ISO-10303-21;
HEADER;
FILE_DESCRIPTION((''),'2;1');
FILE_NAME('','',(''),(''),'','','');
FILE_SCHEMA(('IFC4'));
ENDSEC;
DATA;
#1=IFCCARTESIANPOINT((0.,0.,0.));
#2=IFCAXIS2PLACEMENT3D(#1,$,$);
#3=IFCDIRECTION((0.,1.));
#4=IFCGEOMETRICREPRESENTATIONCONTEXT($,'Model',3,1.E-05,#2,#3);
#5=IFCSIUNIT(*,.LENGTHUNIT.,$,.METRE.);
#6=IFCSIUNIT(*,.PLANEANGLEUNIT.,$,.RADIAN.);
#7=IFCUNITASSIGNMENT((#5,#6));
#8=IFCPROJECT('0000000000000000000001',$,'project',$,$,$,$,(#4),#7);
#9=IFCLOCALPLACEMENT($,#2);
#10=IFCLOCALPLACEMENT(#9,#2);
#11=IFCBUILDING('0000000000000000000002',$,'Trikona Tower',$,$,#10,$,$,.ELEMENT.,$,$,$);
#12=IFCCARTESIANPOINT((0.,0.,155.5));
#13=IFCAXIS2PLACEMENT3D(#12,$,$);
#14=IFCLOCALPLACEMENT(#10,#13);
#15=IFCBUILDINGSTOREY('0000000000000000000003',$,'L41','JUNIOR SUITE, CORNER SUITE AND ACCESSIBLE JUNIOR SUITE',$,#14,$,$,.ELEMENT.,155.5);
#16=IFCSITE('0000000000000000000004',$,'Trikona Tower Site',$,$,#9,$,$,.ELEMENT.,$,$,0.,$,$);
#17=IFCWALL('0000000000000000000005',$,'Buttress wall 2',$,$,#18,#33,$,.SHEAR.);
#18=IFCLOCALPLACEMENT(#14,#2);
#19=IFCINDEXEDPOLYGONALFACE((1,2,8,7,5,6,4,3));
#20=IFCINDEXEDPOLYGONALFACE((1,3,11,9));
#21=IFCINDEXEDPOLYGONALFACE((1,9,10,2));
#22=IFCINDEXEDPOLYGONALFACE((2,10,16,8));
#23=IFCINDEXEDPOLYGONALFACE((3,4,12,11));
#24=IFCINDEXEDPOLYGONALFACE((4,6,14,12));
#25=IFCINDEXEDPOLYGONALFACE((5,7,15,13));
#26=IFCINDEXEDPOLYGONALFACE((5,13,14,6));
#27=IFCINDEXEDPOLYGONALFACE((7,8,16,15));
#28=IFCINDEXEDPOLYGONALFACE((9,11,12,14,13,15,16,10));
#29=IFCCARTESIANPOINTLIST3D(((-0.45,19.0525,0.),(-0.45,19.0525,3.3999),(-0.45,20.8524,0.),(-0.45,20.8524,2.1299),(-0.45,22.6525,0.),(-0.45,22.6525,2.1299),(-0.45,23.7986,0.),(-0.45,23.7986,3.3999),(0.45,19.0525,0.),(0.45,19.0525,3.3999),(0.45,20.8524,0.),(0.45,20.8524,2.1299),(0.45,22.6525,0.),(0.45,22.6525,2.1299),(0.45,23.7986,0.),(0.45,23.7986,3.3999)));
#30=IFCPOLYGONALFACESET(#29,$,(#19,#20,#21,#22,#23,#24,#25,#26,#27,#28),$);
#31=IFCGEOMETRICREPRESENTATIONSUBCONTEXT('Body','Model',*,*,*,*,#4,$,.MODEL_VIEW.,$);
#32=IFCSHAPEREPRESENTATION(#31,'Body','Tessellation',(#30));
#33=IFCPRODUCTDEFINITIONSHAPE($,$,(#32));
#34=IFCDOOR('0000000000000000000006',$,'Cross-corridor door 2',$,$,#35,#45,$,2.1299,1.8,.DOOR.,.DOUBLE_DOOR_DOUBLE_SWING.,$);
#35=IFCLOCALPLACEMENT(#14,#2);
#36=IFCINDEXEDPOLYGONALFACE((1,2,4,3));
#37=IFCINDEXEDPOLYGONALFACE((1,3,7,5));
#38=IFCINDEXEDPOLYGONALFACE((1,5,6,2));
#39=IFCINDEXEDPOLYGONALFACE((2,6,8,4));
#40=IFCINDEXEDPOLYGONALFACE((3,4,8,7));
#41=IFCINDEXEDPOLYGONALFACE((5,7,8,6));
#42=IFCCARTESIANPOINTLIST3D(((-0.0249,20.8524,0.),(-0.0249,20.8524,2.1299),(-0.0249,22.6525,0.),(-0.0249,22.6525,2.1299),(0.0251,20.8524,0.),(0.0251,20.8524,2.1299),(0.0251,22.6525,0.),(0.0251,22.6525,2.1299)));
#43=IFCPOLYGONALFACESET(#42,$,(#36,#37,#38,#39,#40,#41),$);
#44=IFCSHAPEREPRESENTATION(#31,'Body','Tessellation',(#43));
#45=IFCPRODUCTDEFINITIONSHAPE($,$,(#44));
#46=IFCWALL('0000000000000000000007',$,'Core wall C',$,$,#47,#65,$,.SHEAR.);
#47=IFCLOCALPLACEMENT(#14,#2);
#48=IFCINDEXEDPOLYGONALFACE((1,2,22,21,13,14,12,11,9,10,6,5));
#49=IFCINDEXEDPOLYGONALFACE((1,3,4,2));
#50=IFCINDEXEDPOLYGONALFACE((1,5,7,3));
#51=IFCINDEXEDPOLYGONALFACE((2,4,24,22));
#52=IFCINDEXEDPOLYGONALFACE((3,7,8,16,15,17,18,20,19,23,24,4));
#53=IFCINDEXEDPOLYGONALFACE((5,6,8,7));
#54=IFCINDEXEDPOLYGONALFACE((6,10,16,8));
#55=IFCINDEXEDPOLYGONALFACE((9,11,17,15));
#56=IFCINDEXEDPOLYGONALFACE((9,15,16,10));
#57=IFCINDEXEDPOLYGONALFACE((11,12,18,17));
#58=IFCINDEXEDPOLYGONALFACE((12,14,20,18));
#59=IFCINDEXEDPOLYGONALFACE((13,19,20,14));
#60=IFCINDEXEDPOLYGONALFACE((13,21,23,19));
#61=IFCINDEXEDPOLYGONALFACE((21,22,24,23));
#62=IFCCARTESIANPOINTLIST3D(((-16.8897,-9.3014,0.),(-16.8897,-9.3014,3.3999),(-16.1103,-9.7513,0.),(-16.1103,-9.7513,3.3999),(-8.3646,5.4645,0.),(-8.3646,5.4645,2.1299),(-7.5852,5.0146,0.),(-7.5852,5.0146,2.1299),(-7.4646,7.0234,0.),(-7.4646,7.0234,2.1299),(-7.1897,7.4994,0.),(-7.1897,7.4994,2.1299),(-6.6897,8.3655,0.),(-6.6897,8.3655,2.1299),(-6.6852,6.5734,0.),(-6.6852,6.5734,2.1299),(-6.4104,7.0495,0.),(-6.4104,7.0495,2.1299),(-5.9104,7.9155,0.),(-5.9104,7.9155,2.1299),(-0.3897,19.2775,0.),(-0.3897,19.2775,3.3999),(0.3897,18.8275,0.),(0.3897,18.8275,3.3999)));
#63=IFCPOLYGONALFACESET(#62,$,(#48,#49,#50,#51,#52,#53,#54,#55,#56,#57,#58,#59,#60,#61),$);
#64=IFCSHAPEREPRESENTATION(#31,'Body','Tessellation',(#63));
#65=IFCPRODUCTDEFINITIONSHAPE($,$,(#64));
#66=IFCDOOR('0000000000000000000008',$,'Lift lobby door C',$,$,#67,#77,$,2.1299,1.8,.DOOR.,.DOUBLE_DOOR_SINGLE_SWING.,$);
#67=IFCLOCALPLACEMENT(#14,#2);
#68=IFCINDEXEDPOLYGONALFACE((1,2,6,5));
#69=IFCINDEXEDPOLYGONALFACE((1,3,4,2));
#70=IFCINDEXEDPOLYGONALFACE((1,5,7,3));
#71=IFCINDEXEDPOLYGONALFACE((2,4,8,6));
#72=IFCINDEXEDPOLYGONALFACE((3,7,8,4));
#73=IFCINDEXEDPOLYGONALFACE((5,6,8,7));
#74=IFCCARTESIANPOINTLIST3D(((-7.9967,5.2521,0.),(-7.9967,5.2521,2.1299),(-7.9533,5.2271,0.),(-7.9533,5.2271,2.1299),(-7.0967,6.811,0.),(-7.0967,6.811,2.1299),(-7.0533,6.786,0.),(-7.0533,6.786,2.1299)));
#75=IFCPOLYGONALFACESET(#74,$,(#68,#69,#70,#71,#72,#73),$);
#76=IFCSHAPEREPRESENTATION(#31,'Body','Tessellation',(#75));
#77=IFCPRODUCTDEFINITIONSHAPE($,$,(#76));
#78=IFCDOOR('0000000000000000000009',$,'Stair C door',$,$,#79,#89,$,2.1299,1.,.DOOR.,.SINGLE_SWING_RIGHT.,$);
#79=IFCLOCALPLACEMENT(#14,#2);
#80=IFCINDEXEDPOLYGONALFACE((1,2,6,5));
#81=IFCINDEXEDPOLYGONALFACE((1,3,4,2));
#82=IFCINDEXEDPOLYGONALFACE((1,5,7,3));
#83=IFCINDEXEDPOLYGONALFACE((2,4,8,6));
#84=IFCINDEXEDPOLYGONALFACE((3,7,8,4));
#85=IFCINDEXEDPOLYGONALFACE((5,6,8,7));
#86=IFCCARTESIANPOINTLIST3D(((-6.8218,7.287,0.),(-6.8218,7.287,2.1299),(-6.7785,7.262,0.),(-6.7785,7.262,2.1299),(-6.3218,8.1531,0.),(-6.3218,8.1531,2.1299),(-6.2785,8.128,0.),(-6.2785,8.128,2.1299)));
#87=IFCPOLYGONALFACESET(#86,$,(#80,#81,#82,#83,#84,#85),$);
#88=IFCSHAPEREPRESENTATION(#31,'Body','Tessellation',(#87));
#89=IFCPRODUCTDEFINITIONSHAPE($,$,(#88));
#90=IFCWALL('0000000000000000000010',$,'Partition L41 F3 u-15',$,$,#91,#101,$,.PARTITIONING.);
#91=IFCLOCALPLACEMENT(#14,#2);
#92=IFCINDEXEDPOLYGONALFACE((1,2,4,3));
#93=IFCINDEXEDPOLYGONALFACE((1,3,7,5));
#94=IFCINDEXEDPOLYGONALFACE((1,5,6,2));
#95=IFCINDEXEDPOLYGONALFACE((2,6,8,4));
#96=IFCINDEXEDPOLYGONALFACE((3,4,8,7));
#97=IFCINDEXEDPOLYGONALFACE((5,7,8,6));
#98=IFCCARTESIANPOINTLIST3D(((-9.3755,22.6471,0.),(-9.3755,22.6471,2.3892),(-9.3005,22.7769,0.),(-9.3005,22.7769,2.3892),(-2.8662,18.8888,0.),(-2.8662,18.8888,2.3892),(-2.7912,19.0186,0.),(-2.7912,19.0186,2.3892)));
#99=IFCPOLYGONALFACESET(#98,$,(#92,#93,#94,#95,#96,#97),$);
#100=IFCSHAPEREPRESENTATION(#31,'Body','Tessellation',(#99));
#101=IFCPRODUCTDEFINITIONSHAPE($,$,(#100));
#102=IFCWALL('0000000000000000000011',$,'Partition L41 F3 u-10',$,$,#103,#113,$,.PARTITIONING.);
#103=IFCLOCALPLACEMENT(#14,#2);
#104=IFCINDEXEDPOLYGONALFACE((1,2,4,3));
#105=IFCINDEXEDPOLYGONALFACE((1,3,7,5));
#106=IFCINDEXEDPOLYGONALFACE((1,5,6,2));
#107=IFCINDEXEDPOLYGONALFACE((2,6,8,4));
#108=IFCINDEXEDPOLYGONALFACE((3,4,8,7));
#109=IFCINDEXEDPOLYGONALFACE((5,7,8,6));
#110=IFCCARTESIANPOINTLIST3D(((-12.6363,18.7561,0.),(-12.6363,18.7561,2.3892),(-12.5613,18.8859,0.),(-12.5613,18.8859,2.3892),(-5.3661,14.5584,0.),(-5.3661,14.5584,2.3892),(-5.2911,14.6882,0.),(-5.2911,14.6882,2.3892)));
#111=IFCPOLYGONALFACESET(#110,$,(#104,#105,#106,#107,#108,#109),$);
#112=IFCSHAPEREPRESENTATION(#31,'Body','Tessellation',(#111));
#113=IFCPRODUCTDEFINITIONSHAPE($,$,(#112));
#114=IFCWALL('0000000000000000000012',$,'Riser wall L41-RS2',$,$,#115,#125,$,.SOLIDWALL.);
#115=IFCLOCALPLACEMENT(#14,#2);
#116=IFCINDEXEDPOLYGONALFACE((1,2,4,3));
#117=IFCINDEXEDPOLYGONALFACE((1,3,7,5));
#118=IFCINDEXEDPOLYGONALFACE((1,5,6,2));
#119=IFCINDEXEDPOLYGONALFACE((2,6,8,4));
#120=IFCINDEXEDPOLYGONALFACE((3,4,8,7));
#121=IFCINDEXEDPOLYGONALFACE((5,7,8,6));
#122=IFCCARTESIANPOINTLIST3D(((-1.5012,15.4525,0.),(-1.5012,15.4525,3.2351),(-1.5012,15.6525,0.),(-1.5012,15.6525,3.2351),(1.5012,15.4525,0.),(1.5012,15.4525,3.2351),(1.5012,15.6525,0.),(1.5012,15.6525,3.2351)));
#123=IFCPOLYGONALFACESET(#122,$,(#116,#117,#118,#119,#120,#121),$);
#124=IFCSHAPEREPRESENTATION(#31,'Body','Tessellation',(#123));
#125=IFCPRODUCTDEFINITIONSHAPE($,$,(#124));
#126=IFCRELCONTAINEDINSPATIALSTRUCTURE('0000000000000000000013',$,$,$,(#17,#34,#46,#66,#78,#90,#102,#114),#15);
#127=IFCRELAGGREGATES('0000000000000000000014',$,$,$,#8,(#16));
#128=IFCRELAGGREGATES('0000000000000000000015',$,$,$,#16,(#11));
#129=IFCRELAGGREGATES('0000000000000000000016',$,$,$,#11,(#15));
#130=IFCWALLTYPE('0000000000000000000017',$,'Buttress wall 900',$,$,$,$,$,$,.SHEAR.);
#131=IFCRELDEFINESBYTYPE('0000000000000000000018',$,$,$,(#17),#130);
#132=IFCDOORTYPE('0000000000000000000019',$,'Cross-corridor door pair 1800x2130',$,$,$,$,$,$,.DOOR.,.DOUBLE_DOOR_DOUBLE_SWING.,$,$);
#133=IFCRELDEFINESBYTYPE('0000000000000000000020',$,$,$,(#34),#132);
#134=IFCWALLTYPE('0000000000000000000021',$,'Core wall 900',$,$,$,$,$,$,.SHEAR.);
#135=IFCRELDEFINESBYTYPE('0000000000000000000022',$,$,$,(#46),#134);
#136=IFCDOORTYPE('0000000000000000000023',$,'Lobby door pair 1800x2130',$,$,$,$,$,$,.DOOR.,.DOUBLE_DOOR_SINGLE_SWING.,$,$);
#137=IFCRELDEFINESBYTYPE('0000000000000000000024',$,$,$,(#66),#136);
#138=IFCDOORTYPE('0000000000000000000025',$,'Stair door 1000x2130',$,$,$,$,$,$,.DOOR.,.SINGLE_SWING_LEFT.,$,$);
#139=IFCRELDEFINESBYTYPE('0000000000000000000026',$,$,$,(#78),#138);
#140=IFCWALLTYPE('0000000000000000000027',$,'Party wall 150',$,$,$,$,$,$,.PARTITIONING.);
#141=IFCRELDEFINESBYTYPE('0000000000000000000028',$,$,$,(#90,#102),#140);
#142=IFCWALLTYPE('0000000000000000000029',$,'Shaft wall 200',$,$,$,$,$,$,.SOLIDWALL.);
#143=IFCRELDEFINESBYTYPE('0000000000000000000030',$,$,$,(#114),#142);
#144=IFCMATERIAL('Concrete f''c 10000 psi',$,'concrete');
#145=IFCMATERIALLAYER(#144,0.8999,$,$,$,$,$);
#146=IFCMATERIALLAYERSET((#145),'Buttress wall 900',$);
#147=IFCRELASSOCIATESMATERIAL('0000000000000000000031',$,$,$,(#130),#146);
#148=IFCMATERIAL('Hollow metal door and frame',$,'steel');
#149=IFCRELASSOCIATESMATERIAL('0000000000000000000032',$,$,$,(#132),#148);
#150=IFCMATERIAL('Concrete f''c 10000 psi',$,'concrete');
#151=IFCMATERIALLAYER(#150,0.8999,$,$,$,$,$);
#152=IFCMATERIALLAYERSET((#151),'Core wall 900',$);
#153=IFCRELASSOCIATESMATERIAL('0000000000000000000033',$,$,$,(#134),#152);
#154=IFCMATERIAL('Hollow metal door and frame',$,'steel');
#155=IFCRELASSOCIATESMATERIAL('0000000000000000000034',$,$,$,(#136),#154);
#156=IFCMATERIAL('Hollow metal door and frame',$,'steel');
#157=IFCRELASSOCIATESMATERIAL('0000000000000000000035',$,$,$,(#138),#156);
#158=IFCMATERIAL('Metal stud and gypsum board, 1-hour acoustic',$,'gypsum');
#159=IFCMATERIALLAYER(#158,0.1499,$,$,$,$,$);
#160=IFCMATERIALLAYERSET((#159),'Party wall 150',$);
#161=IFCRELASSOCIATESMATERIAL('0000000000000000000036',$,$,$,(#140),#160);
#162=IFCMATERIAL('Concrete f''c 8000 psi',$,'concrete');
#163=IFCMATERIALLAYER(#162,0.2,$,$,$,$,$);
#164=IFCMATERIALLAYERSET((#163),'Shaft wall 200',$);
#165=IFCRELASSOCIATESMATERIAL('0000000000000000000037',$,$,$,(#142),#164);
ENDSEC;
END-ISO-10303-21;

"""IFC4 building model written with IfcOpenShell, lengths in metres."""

from ifc_helpers import new_model, si_unit, direction, frame, frame_2d, origin, place, context, subcontext, project, spatial, rectangle, extrude, material, layer, layer_set, type_object, element, fill, save


model = new_model("IFC4")

# Units and contexts
model_context = context("Model", 3, precision=1e-05, world=origin(), true_north=direction((0.0, 1.0)))
body_context = subcontext(model_context, "Body", "Model", "MODEL_VIEW")
ifc_project = project(units=[si_unit("LENGTHUNIT", "METRE"), si_unit("PLANEANGLEUNIT", "RADIAN")], contexts=[model_context])

# Site, building, storey
site_placement = place(None, origin())
site = spatial("IfcSite", under=ifc_project, at=site_placement, Name="Trikona Tower Site", CompositionType="ELEMENT", RefElevation=0.0)
building_placement = place(site_placement, origin())
building = spatial("IfcBuilding", under=site, at=building_placement, Name="Trikona Tower", CompositionType="ELEMENT")
storey_placement = place(building_placement, frame((0.0, 0.0, 155.5)))
storey = spatial("IfcBuildingStorey", under=building, at=storey_placement, Name="L41", Description="JUNIOR SUITE, CORNER SUITE AND ACCESSIBLE JUNIOR SUITE", CompositionType="ELEMENT", Elevation=155.5)

# Wall, opening, door
ifc_material_1 = material(Name="Concrete f'c 10000 psi", Category="concrete")
ifc_layer_1 = layer(ifc_material_1, 0.8999)
ifc_layer_set_1 = layer_set([ifc_layer_1], Name="Buttress wall 900")
wall_type_1 = type_object("IfcWallType", Name="Buttress wall 900", PredefinedType="SHEAR", material=ifc_layer_set_1)
wall_1_placement = place(storey_placement, frame((0.0, 19.0525, 0.0), z_axis=(0.0, 0.0, 1.0), x_axis=(0.0, 1.0, 0.0)))
wall_1 = element("IfcWall", 1, at=wall_1_placement, inside=storey, type_object=wall_type_1, Name="Buttress wall 2", PredefinedType="SHEAR", context=body_context, shape_type="SweptSolid", body=[
    extrude(rectangle(XDim=4.7461, YDim=0.8999, at=frame_2d((2.373, 0.0))), origin(), (0.0, 0.0, 1.0), 3.3999),
])
opening_1_placement = place(wall_1_placement, frame((1.8, 0.0, 0.0)))
opening_1 = element("IfcOpeningElement", 2, at=opening_1_placement, cuts=wall_1, PredefinedType="OPENING", context=body_context, shape_type="SweptSolid", body=[
    extrude(rectangle(XDim=1.8, YDim=2.1299, at=frame_2d((0.8999, 1.0649))), frame((0.0, 0.46, 0.0), z_axis=(0.0, -1.0, 0.0), x_axis=(1.0, 0.0, 0.0)), (0.0, 0.0, 1.0), 0.9199),
])
ifc_material_2 = material(Name="Hollow metal door and frame", Category="steel")
door_type_1 = type_object("IfcDoorType", Name="Cross-corridor door pair 1800x2130", OperationType="DOUBLE_DOOR_DOUBLE_SWING", PredefinedType="DOOR", material=ifc_material_2)
door_1_placement = place(opening_1_placement, origin())
door_1 = element("IfcDoor", 3, at=door_1_placement, inside=storey, type_object=door_type_1, Name="Cross-corridor door 2", OperationType="DOUBLE_DOOR_DOUBLE_SWING", OverallHeight=2.1299, OverallWidth=1.8, PredefinedType="DOOR", context=body_context, shape_type="SweptSolid", body=[
    extrude(rectangle(XDim=1.8, YDim=2.1299, at=frame_2d((0.8999, 1.0649))), frame((0.0, 0.0249, 0.0), z_axis=(0.0, -1.0, 0.0), x_axis=(1.0, 0.0, 0.0)), (0.0, 0.0, 1.0), 0.05),
])
fill(opening_1, door_1)

# Wall, openings, doors
ifc_material_3 = material(Name="Concrete f'c 10000 psi", Category="concrete")
ifc_layer_2 = layer(ifc_material_3, 0.8999)
ifc_layer_set_2 = layer_set([ifc_layer_2], Name="Core wall 900")
wall_type_2 = type_object("IfcWallType", Name="Core wall 900", PredefinedType="SHEAR", material=ifc_layer_set_2)
wall_2_placement = place(storey_placement, frame((0.0, 19.0525, 0.0), z_axis=(0.0, 0.0, 1.0), x_axis=(-0.5, -0.866026, 0.0)))
wall_2 = element("IfcWall", 4, at=wall_2_placement, inside=storey, type_object=wall_type_2, Name="Core wall C", PredefinedType="SHEAR", context=body_context, shape_type="SweptSolid", body=[
    extrude(rectangle(XDim=33.0, YDim=0.8999, at=frame_2d((16.5, 0.0))), origin(), (0.0, 0.0, 1.0), 3.3999),
])
opening_2_placement = place(wall_2_placement, frame((14.1499, 0.0, 0.0)))
opening_2 = element("IfcOpeningElement", 5, at=opening_2_placement, cuts=wall_2, PredefinedType="OPENING", context=body_context, shape_type="SweptSolid", body=[
    extrude(rectangle(XDim=1.8, YDim=2.1299, at=frame_2d((0.8999, 1.0649))), frame((0.0, 0.46, 0.0), z_axis=(0.0, -1.0, 0.0), x_axis=(1.0, 0.0, 0.0)), (0.0, 0.0, 1.0), 0.9199),
])
opening_3_placement = place(wall_2_placement, frame((12.6001, 0.0, 0.0)))
opening_3 = element("IfcOpeningElement", 6, at=opening_3_placement, cuts=wall_2, PredefinedType="OPENING", context=body_context, shape_type="SweptSolid", body=[
    extrude(rectangle(XDim=1.0, YDim=2.1299, at=frame_2d((0.5, 1.0649))), frame((0.0, 0.46, 0.0), z_axis=(0.0, -1.0, 0.0), x_axis=(1.0, 0.0, 0.0)), (0.0, 0.0, 1.0), 0.9199),
])
ifc_material_4 = material(Name="Hollow metal door and frame", Category="steel")
door_type_2 = type_object("IfcDoorType", Name="Lobby door pair 1800x2130", OperationType="DOUBLE_DOOR_SINGLE_SWING", PredefinedType="DOOR", material=ifc_material_4)
door_2_placement = place(opening_2_placement, origin())
door_2 = element("IfcDoor", 7, at=door_2_placement, inside=storey, type_object=door_type_2, Name="Lift lobby door C", OperationType="DOUBLE_DOOR_SINGLE_SWING", OverallHeight=2.1299, OverallWidth=1.8, PredefinedType="DOOR", context=body_context, shape_type="SweptSolid", body=[
    extrude(rectangle(XDim=1.8, YDim=2.1299, at=frame_2d((0.8999, 1.0649))), frame((0.0, 0.0249, 0.0), z_axis=(0.0, -1.0, 0.0), x_axis=(1.0, 0.0, 0.0)), (0.0, 0.0, 1.0), 0.05),
])
fill(opening_2, door_2)
ifc_material_5 = material(Name="Hollow metal door and frame", Category="steel")
door_type_3 = type_object("IfcDoorType", Name="Stair door 1000x2130", OperationType="SINGLE_SWING_LEFT", PredefinedType="DOOR", material=ifc_material_5)
door_3_placement = place(opening_3_placement, origin())
door_3 = element("IfcDoor", 8, at=door_3_placement, inside=storey, type_object=door_type_3, Name="Stair C door", OperationType="SINGLE_SWING_RIGHT", OverallHeight=2.1299, OverallWidth=1.0, PredefinedType="DOOR", context=body_context, shape_type="SweptSolid", body=[
    extrude(rectangle(XDim=1.0, YDim=2.1299, at=frame_2d((0.5, 1.0649))), frame((0.0, 0.0249, 0.0), z_axis=(0.0, -1.0, 0.0), x_axis=(1.0, 0.0, 0.0)), (0.0, 0.0, 1.0), 0.05),
])
fill(opening_3, door_3)

# Walls
ifc_material_6 = material(Name="Metal stud and gypsum board, 1-hour acoustic", Category="gypsum")
ifc_layer_3 = layer(ifc_material_6, 0.1499)
ifc_layer_set_3 = layer_set([ifc_layer_3], Name="Party wall 150")
wall_type_3 = type_object("IfcWallType", Name="Party wall 150", PredefinedType="PARTITIONING", material=ifc_layer_set_3)
wall_3_placement = place(storey_placement, frame((-2.8286, 18.9536, 0.0), z_axis=(0.0, 0.0, 1.0), x_axis=(-0.866016, 0.500017, 0.0)))
element("IfcWall", 9, at=wall_3_placement, inside=storey, type_object=wall_type_3, Name="Partition L41 F3 u-15", PredefinedType="PARTITIONING", context=body_context, shape_type="SweptSolid", body=[
    extrude(rectangle(XDim=7.5164, YDim=0.1499, at=frame_2d((3.7583, 0.0))), origin(), (0.0, 0.0, 1.0), 2.3892),
])
wall_4_placement = place(storey_placement, frame((-5.3286, 14.6233, 0.0), z_axis=(0.0, 0.0, 1.0), x_axis=(-0.866012, 0.500024, 0.0)))
element("IfcWall", 10, at=wall_4_placement, inside=storey, type_object=wall_type_3, Name="Partition L41 F3 u-10", PredefinedType="PARTITIONING", context=body_context, shape_type="SweptSolid", body=[
    extrude(rectangle(XDim=8.395, YDim=0.1499, at=frame_2d((4.1975, 0.0))), origin(), (0.0, 0.0, 1.0), 2.3892),
])
ifc_material_7 = material(Name="Concrete f'c 8000 psi", Category="concrete")
ifc_layer_4 = layer(ifc_material_7, 0.2)
ifc_layer_set_4 = layer_set([ifc_layer_4], Name="Shaft wall 200")
wall_type_4 = type_object("IfcWallType", Name="Shaft wall 200", PredefinedType="SOLIDWALL", material=ifc_layer_set_4)
wall_5_placement = place(storey_placement, frame((-1.5012, 15.5525, 0.0), z_axis=(0.0, 0.0, 1.0), x_axis=(1.0, 0.0, 0.0)))
element("IfcWall", 11, at=wall_5_placement, inside=storey, type_object=wall_type_4, Name="Riser wall L41-RS2", PredefinedType="SOLIDWALL", context=body_context, shape_type="SweptSolid", body=[
    extrude(rectangle(XDim=3.0024, YDim=0.2, at=frame_2d((1.5012, 0.0))), origin(), (0.0, 0.0, 1.0), 3.2351),
])

save(model, "model.ifc")
